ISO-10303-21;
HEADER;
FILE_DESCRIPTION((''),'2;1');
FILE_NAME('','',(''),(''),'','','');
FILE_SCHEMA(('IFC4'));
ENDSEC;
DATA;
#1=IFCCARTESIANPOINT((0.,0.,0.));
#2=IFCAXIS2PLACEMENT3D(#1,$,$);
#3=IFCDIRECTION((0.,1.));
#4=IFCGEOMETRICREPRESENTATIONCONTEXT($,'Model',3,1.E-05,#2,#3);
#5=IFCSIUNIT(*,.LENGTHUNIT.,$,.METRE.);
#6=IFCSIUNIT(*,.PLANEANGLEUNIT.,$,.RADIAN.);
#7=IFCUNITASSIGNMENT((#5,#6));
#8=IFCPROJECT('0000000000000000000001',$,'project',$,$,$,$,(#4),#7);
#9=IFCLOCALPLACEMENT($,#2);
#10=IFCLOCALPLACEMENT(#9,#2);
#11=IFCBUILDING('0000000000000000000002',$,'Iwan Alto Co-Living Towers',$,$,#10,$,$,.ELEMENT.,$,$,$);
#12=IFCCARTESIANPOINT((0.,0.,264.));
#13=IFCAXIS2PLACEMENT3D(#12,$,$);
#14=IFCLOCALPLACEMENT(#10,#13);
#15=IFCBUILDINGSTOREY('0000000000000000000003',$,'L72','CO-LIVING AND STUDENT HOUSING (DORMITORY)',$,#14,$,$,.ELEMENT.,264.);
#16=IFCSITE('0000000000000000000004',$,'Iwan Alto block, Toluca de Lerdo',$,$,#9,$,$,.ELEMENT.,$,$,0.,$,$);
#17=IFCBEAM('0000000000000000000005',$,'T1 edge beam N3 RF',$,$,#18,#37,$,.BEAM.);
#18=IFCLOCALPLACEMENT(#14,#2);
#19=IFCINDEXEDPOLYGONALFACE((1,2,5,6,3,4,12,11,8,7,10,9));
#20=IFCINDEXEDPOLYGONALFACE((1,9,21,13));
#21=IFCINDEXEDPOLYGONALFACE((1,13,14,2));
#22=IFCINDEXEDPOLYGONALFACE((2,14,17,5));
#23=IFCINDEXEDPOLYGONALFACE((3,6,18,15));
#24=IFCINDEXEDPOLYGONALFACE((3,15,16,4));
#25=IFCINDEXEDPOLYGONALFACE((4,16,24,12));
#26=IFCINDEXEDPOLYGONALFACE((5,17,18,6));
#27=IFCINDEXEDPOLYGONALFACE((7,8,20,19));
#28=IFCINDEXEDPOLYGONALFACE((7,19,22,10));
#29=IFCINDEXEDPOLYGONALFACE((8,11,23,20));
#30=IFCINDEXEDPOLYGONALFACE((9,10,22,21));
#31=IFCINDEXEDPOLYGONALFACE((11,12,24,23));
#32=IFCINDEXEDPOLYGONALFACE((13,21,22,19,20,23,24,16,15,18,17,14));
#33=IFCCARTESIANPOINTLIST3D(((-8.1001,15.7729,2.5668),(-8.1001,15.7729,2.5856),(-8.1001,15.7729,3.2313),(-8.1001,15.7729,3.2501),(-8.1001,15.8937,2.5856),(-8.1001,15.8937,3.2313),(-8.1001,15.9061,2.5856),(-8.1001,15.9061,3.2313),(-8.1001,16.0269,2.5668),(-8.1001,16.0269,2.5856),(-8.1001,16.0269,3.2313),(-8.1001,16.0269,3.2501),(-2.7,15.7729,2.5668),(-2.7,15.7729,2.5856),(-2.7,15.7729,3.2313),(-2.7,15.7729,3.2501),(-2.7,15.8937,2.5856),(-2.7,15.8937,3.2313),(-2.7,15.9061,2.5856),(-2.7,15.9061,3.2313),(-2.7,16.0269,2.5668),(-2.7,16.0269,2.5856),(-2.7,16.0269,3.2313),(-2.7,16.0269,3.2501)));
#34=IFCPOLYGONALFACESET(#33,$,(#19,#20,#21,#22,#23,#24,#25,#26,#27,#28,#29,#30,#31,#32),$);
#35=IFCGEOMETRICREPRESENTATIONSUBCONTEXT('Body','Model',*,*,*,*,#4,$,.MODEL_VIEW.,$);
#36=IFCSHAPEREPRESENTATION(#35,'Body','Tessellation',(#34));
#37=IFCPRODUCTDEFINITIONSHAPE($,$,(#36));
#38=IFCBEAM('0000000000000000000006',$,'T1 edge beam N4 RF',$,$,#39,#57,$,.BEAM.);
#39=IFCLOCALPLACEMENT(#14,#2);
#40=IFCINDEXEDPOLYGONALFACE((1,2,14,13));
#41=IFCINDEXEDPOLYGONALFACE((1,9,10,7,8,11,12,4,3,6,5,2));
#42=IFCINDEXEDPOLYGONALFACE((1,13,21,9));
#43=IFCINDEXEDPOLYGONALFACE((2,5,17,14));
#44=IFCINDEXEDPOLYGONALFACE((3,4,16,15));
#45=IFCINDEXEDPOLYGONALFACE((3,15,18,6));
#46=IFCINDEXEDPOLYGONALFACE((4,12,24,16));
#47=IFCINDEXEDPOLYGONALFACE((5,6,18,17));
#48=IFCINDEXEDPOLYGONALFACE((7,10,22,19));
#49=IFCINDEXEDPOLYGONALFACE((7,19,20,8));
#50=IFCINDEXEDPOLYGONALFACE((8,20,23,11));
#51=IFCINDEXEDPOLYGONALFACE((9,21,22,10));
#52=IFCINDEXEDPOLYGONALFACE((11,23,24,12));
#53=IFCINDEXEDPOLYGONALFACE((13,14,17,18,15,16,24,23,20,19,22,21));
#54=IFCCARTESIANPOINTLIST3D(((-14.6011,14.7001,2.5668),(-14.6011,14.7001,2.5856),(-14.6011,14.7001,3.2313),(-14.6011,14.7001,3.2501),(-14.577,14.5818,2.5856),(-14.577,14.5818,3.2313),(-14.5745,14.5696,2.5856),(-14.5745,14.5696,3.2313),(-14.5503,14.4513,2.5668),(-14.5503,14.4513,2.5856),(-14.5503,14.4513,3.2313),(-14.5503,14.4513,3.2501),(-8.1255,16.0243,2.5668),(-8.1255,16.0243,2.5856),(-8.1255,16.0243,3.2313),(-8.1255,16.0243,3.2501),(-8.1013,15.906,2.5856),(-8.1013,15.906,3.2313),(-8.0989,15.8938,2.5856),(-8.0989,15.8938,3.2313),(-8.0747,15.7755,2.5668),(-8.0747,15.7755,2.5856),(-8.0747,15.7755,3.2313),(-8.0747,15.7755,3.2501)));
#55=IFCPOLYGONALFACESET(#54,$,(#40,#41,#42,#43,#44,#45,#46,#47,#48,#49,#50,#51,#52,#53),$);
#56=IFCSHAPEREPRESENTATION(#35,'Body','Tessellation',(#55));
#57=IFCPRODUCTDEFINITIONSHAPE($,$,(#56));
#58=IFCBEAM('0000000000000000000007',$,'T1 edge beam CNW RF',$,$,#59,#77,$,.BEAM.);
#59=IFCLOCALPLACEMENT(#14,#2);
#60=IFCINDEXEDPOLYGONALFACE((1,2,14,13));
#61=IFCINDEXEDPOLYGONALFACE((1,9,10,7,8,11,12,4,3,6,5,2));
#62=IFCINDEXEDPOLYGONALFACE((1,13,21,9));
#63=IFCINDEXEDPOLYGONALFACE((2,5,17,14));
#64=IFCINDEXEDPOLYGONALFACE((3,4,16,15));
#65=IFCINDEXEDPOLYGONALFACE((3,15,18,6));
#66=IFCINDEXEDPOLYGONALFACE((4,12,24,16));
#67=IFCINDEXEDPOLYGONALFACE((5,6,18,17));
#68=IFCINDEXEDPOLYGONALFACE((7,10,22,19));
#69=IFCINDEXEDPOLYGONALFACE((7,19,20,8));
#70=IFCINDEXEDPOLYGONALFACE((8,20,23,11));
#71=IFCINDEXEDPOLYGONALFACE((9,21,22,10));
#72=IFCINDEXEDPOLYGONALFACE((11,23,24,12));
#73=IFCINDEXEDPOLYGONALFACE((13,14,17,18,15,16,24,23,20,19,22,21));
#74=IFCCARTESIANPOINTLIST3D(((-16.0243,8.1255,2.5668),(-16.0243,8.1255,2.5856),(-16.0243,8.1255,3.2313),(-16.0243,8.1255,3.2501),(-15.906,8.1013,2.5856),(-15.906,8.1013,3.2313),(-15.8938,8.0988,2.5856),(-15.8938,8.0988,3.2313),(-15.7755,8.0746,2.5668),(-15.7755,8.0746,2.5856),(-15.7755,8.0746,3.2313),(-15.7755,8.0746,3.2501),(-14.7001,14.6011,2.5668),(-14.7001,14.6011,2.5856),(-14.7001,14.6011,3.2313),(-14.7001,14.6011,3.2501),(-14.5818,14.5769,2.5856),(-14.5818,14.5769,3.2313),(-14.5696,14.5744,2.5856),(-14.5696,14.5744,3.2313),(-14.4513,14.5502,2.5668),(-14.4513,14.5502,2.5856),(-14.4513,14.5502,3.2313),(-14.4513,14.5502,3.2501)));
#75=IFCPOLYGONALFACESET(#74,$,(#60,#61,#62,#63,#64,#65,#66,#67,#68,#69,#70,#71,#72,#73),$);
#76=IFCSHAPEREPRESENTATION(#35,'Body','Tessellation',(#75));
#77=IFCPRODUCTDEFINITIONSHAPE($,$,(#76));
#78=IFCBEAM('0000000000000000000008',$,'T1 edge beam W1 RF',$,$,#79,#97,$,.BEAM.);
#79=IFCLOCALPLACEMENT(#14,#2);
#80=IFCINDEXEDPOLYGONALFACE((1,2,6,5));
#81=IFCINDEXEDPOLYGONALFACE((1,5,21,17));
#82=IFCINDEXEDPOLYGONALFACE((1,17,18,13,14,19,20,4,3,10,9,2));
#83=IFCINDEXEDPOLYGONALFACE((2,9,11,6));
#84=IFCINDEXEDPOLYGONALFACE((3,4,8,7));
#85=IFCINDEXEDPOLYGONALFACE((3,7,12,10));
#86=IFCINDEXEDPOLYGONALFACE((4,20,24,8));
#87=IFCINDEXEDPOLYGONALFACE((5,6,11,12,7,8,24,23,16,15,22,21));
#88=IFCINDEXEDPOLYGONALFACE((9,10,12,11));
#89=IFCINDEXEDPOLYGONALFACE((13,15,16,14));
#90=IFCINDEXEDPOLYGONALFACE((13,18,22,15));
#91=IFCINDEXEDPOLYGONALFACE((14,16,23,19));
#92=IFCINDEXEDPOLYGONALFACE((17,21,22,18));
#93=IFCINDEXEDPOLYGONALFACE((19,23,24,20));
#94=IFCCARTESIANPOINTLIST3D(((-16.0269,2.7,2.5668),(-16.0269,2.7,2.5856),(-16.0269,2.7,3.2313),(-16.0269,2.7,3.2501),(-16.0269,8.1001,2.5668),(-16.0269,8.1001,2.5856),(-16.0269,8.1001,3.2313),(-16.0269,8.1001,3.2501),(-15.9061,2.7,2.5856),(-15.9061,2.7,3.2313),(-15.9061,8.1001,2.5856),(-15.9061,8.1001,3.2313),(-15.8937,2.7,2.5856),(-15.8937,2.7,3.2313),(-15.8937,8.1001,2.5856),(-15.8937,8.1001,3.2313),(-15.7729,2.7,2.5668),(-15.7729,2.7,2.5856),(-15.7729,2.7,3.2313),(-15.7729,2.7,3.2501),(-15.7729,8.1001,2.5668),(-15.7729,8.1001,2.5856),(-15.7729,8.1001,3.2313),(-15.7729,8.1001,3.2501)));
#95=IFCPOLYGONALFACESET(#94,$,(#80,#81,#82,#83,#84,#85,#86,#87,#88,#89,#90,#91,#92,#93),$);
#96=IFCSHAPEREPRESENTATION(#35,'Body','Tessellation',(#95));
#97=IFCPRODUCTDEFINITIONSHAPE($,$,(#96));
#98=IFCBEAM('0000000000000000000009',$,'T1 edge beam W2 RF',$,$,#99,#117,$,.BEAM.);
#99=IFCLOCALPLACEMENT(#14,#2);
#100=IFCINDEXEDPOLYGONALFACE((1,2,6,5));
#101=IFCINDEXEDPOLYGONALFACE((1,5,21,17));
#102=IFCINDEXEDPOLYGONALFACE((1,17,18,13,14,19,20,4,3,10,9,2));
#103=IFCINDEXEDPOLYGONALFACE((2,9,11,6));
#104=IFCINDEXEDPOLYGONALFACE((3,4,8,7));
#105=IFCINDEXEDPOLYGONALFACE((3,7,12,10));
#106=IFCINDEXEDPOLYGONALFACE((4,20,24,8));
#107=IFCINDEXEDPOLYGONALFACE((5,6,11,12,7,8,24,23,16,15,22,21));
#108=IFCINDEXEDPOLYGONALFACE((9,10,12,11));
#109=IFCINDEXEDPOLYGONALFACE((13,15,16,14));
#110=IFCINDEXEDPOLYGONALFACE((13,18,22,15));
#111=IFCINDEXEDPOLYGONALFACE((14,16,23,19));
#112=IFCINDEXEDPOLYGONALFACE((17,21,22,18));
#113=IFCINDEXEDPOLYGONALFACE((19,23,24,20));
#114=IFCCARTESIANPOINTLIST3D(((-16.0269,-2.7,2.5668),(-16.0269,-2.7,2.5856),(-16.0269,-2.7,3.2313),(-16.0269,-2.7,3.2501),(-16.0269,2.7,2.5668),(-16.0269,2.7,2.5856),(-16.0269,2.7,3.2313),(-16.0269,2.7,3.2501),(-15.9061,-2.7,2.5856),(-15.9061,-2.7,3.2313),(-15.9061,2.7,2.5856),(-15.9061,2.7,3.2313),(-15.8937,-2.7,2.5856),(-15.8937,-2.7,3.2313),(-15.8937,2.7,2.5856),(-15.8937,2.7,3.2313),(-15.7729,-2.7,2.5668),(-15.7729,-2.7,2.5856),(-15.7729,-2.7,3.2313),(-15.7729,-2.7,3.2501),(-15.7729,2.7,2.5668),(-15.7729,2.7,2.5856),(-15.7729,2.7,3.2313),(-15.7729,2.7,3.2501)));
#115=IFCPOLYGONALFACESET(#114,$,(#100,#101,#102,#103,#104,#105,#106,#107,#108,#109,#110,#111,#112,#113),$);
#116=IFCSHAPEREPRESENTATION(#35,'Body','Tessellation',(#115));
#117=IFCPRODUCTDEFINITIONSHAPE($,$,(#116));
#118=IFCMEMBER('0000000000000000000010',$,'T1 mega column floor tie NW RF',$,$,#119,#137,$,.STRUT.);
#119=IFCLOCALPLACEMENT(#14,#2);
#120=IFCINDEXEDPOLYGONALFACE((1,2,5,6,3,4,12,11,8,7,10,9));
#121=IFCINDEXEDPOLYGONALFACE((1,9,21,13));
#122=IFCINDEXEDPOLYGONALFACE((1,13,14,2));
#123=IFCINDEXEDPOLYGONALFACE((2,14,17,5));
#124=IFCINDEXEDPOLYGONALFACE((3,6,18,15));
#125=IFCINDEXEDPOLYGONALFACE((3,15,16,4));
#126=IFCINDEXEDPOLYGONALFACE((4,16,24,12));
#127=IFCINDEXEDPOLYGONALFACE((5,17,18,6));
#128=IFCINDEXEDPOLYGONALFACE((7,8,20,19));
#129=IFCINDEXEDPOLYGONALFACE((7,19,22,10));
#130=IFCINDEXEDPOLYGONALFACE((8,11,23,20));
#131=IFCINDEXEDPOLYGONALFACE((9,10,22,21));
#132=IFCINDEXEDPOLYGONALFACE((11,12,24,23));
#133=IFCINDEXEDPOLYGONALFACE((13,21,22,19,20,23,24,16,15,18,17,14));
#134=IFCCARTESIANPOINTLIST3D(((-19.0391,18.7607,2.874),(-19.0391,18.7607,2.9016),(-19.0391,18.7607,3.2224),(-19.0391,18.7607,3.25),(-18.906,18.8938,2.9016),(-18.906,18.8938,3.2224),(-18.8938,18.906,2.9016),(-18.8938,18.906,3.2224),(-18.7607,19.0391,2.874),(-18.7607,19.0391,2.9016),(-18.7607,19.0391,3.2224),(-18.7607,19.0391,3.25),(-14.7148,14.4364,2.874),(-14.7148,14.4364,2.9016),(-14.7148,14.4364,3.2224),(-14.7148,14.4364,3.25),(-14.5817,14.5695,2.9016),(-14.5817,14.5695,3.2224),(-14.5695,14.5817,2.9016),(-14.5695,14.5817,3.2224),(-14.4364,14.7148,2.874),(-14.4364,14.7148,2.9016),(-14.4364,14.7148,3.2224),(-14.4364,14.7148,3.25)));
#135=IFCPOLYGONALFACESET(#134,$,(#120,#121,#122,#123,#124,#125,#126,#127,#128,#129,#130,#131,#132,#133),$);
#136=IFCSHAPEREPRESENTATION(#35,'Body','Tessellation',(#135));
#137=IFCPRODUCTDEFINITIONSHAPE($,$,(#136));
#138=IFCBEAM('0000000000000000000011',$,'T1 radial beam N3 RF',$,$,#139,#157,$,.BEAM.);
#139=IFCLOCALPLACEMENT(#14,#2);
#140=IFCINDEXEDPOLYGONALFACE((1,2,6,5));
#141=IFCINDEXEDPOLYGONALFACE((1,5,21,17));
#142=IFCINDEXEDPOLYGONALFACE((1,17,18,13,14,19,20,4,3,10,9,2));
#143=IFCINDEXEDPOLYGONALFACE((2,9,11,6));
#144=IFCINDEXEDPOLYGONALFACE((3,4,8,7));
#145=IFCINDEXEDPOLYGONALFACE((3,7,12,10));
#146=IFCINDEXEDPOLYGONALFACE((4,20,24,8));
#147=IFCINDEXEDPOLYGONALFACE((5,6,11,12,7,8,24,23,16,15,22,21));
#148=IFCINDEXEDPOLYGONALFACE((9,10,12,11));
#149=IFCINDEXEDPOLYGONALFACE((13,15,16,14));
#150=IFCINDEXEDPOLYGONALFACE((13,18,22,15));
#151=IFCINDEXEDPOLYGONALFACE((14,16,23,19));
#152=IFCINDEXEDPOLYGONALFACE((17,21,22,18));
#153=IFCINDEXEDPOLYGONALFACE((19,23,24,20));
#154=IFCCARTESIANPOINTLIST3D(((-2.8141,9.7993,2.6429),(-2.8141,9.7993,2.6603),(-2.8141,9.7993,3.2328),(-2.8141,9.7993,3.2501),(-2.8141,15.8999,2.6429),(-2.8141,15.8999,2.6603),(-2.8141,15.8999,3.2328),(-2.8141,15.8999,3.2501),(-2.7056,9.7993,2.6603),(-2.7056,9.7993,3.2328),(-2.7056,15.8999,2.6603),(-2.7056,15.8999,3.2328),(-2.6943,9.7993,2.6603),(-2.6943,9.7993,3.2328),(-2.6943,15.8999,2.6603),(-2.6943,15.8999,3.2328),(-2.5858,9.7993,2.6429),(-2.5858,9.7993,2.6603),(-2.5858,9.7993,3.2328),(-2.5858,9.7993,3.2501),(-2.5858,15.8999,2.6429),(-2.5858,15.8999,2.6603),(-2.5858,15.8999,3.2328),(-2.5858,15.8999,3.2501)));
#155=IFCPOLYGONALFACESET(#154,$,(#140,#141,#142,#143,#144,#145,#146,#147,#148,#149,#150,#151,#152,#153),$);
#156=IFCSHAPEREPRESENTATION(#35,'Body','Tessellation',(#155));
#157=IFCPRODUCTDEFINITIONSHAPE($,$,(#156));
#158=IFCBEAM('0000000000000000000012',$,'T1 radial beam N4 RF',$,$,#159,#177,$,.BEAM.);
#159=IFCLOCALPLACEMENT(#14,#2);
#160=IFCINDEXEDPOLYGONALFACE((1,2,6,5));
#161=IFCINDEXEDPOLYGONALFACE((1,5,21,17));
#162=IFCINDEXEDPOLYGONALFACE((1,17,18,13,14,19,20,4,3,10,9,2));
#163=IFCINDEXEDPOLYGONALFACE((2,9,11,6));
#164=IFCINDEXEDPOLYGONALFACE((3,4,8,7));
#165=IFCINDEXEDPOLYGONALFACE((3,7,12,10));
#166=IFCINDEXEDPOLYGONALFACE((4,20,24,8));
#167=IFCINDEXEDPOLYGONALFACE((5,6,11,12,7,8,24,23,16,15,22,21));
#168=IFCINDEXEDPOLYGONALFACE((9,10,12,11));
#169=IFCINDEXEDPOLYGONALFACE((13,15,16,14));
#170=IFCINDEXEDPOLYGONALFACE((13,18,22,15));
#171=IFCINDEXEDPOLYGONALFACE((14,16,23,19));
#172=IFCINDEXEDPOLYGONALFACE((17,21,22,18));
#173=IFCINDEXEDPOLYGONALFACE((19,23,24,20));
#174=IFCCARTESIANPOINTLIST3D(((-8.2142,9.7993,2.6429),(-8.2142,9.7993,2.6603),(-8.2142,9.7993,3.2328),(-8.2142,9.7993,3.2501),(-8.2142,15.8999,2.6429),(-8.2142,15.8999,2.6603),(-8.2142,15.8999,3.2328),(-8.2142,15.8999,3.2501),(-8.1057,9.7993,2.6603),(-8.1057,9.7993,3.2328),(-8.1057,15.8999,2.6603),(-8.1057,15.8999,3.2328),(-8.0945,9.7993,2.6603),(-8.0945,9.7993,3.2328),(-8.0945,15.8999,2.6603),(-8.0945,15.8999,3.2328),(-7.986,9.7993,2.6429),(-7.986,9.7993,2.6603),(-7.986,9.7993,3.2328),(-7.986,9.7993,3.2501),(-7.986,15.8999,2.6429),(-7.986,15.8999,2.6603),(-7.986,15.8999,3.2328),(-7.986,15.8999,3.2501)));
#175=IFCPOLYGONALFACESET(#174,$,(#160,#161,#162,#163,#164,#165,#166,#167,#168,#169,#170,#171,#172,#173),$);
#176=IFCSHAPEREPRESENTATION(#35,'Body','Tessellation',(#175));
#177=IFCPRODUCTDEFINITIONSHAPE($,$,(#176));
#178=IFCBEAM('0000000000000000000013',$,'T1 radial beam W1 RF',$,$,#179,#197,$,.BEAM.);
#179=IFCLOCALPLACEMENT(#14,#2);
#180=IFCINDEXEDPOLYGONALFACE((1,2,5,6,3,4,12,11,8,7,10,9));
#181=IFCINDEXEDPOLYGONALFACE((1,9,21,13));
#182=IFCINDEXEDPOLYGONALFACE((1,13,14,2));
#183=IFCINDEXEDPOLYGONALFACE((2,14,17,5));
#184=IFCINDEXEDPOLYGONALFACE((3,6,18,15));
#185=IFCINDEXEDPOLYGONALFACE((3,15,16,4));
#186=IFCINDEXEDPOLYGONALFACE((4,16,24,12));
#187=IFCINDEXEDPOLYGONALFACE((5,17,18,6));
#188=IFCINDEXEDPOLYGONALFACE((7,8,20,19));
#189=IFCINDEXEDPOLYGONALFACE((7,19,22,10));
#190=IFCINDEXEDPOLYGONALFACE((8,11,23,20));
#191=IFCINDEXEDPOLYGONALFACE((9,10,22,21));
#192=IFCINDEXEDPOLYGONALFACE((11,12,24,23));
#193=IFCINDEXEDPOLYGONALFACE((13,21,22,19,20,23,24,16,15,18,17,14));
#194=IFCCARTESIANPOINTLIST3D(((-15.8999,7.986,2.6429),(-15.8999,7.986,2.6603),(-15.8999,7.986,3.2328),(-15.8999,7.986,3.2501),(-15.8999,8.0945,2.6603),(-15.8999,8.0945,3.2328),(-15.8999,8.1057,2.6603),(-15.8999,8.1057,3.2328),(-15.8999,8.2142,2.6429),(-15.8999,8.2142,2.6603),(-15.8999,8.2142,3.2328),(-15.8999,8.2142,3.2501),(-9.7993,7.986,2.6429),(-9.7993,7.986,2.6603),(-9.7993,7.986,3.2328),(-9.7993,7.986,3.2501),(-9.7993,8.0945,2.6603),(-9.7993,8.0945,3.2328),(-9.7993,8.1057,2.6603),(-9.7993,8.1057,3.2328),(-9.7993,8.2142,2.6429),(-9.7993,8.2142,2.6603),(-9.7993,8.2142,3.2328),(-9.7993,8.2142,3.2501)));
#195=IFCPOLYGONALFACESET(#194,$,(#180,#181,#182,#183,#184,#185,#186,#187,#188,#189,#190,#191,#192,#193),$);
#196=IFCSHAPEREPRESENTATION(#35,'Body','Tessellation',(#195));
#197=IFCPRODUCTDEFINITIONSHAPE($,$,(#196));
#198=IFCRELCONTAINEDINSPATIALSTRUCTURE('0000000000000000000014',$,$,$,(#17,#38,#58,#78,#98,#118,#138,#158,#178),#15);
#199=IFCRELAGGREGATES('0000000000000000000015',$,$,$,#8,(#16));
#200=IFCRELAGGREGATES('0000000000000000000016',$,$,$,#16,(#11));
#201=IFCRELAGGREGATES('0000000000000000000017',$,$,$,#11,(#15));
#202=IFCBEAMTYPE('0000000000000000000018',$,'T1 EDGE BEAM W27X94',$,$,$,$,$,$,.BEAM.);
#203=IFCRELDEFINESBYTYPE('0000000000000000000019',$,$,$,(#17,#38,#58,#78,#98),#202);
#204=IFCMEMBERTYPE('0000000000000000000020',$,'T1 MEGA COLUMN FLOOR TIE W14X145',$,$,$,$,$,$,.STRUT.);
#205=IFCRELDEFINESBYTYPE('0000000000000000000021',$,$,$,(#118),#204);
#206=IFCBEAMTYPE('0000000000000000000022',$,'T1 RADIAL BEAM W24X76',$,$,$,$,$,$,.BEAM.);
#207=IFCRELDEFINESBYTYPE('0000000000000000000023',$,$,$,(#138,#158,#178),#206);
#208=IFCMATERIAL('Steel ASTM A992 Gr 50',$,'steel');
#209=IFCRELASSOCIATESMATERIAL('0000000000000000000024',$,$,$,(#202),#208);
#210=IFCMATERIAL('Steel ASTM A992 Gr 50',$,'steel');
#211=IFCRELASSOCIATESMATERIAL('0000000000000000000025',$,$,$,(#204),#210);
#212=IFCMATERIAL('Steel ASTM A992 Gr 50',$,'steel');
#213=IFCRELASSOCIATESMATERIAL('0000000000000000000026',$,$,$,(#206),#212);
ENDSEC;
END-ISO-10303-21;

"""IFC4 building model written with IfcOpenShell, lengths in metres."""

from ifc_helpers import new_model, si_unit, direction, frame, origin, origin_2d, place, context, subcontext, project, spatial, i_section, extrude, material, material_profile, profile_set, type_object, element, save


model = new_model("IFC4")

# Units and contexts
model_context = context("Model", 3, precision=1e-05, world=origin(), true_north=direction((0.0, 1.0)))
body_context = subcontext(model_context, "Body", "Model", "MODEL_VIEW")
ifc_project = project(units=[si_unit("LENGTHUNIT", "METRE"), si_unit("PLANEANGLEUNIT", "RADIAN")], contexts=[model_context])

# Site, building, storey
site_placement = place(None, origin())
site = spatial("IfcSite", under=ifc_project, at=site_placement, Name="Iwan Alto block, Toluca de Lerdo", CompositionType="ELEMENT", RefElevation=0.0)
building_placement = place(site_placement, origin())
building = spatial("IfcBuilding", under=site, at=building_placement, Name="Iwan Alto Co-Living Towers", CompositionType="ELEMENT")
storey_placement = place(building_placement, frame((0.0, 0.0, 264.0)))
storey = spatial("IfcBuildingStorey", under=building, at=storey_placement, Name="L72", Description="CO-LIVING AND STUDENT HOUSING (DORMITORY)", CompositionType="ELEMENT", Elevation=264.0)

# Beams
ifc_material_1 = material(Name="Steel ASTM A992 Gr 50", Category="steel")
ifc_material_profile_1 = material_profile(ifc_material_1, i_section(OverallWidth=0.2539, OverallDepth=0.6833, WebThickness=0.0125, FlangeThickness=0.0188, at=origin_2d()), Name="W27X94")
ifc_profile_set_1 = profile_set([ifc_material_profile_1], Name="Steel ASTM A992 Gr 50")
beam_type_1 = type_object("IfcBeamType", Name="T1 EDGE BEAM W27X94", PredefinedType="BEAM", material=ifc_profile_set_1)
beam_1_placement = place(storey_placement, frame((-2.7, 15.8999, 2.9084), z_axis=(-1.0, 0.0, 0.0), x_axis=(0.0, -1.0, 0.0)))
element("IfcBeam", 1, at=beam_1_placement, inside=storey, type_object=beam_type_1, Name="T1 edge beam N3 RF", PredefinedType="BEAM", context=body_context, shape_type="SweptSolid", body=[
    extrude(i_section(OverallWidth=0.2539, OverallDepth=0.6833, WebThickness=0.0125, FlangeThickness=0.0188, at=origin_2d()), origin(), (0.0, 0.0, 1.0), 5.4001),
])
for number, where, z_axis, x_axis, name in (
    (2, (-8.1001, 15.8999, 2.9084), (-0.979725, -0.200348, 0.0), (0.200348, -0.979725, 0.0), "T1 edge beam N4 RF"),
    (3, (-14.5757, 14.5757, 2.9084), (-0.200348, -0.979725, 0.0), (0.979725, -0.200348, 0.0), "T1 edge beam CNW RF"),
):
    element("IfcBeam", number, at=place(storey_placement, frame(where, z_axis=z_axis, x_axis=x_axis)), inside=storey, type_object=beam_type_1, Name=name, PredefinedType="BEAM", context=body_context, shape_type="SweptSolid", body=[
        extrude(i_section(OverallWidth=0.2539, OverallDepth=0.6833, WebThickness=0.0125, FlangeThickness=0.0188, at=origin_2d()), origin(), (0.0, 0.0, 1.0), 6.6096),
    ])
beam_2_placement = place(storey_placement, frame((-15.8999, 8.1001, 2.9084), z_axis=(0.0, -1.0, 0.0), x_axis=(1.0, 0.0, 0.0)))
element("IfcBeam", 4, at=beam_2_placement, inside=storey, type_object=beam_type_1, Name="T1 edge beam W1 RF", PredefinedType="BEAM", context=body_context, shape_type="SweptSolid", body=[
    extrude(i_section(OverallWidth=0.2539, OverallDepth=0.6833, WebThickness=0.0125, FlangeThickness=0.0188, at=origin_2d()), origin(), (0.0, 0.0, 1.0), 5.4001),
])
beam_3_placement = place(storey_placement, frame((-15.8999, 2.7, 2.9084), z_axis=(0.0, -1.0, 0.0), x_axis=(1.0, 0.0, 0.0)))
element("IfcBeam", 5, at=beam_3_placement, inside=storey, type_object=beam_type_1, Name="T1 edge beam W2 RF", PredefinedType="BEAM", context=body_context, shape_type="SweptSolid", body=[
    extrude(i_section(OverallWidth=0.2539, OverallDepth=0.6833, WebThickness=0.0125, FlangeThickness=0.0188, at=origin_2d()), origin(), (0.0, 0.0, 1.0), 5.3999),
])

# Member
ifc_material_2 = material(Name="Steel ASTM A992 Gr 50", Category="steel")
ifc_material_profile_2 = material_profile(ifc_material_2, i_section(OverallWidth=0.3938, OverallDepth=0.376, WebThickness=0.0173, FlangeThickness=0.0276, at=origin_2d()), Name="W14X145")
ifc_profile_set_2 = profile_set([ifc_material_profile_2], Name="Steel ASTM A992 Gr 50")
member_type_1 = type_object("IfcMemberType", Name="T1 MEGA COLUMN FLOOR TIE W14X145", PredefinedType="STRUT", material=ifc_profile_set_2)
member_1_placement = place(storey_placement, frame((-18.8999, 18.8999, 3.062), z_axis=(0.707107, -0.707107, 0.0), x_axis=(0.707107, 0.707107, 0.0)))
element("IfcMember", 6, at=member_1_placement, inside=storey, type_object=member_type_1, Name="T1 mega column floor tie NW RF", PredefinedType="STRUT", context=body_context, shape_type="SweptSolid", body=[
    extrude(i_section(OverallWidth=0.3938, OverallDepth=0.376, WebThickness=0.0173, FlangeThickness=0.0276, at=origin_2d()), origin(), (0.0, 0.0, 1.0), 6.1155),
])

# Beams
ifc_material_3 = material(Name="Steel ASTM A992 Gr 50", Category="steel")
ifc_material_profile_3 = material_profile(ifc_material_3, i_section(OverallWidth=0.2283, OverallDepth=0.6072, WebThickness=0.0112, FlangeThickness=0.0173, at=origin_2d()), Name="W24X76")
ifc_profile_set_3 = profile_set([ifc_material_profile_3], Name="Steel ASTM A992 Gr 50")
beam_type_2 = type_object("IfcBeamType", Name="T1 RADIAL BEAM W24X76", PredefinedType="BEAM", material=ifc_profile_set_3)
for number, where, z_axis, x_axis, name in (
    (7, (-2.7, 15.8999, 2.9465), (0.0, -1.0, 0.0), (1.0, 0.0, 0.0), "T1 radial beam N3 RF"),
    (8, (-8.1001, 15.8999, 2.9465), (0.0, -1.0, 0.0), (1.0, 0.0, 0.0), "T1 radial beam N4 RF"),
    (9, (-15.8999, 8.1001, 2.9465), (1.0, 0.0, 0.0), (0.0, 1.0, 0.0), "T1 radial beam W1 RF"),
):
    element("IfcBeam", number, at=place(storey_placement, frame(where, z_axis=z_axis, x_axis=x_axis)), inside=storey, type_object=beam_type_2, Name=name, PredefinedType="BEAM", context=body_context, shape_type="SweptSolid", body=[
        extrude(i_section(OverallWidth=0.2283, OverallDepth=0.6072, WebThickness=0.0112, FlangeThickness=0.0173, at=origin_2d()), origin(), (0.0, 0.0, 1.0), 6.1006),
    ])

save(model, "model.ifc")
